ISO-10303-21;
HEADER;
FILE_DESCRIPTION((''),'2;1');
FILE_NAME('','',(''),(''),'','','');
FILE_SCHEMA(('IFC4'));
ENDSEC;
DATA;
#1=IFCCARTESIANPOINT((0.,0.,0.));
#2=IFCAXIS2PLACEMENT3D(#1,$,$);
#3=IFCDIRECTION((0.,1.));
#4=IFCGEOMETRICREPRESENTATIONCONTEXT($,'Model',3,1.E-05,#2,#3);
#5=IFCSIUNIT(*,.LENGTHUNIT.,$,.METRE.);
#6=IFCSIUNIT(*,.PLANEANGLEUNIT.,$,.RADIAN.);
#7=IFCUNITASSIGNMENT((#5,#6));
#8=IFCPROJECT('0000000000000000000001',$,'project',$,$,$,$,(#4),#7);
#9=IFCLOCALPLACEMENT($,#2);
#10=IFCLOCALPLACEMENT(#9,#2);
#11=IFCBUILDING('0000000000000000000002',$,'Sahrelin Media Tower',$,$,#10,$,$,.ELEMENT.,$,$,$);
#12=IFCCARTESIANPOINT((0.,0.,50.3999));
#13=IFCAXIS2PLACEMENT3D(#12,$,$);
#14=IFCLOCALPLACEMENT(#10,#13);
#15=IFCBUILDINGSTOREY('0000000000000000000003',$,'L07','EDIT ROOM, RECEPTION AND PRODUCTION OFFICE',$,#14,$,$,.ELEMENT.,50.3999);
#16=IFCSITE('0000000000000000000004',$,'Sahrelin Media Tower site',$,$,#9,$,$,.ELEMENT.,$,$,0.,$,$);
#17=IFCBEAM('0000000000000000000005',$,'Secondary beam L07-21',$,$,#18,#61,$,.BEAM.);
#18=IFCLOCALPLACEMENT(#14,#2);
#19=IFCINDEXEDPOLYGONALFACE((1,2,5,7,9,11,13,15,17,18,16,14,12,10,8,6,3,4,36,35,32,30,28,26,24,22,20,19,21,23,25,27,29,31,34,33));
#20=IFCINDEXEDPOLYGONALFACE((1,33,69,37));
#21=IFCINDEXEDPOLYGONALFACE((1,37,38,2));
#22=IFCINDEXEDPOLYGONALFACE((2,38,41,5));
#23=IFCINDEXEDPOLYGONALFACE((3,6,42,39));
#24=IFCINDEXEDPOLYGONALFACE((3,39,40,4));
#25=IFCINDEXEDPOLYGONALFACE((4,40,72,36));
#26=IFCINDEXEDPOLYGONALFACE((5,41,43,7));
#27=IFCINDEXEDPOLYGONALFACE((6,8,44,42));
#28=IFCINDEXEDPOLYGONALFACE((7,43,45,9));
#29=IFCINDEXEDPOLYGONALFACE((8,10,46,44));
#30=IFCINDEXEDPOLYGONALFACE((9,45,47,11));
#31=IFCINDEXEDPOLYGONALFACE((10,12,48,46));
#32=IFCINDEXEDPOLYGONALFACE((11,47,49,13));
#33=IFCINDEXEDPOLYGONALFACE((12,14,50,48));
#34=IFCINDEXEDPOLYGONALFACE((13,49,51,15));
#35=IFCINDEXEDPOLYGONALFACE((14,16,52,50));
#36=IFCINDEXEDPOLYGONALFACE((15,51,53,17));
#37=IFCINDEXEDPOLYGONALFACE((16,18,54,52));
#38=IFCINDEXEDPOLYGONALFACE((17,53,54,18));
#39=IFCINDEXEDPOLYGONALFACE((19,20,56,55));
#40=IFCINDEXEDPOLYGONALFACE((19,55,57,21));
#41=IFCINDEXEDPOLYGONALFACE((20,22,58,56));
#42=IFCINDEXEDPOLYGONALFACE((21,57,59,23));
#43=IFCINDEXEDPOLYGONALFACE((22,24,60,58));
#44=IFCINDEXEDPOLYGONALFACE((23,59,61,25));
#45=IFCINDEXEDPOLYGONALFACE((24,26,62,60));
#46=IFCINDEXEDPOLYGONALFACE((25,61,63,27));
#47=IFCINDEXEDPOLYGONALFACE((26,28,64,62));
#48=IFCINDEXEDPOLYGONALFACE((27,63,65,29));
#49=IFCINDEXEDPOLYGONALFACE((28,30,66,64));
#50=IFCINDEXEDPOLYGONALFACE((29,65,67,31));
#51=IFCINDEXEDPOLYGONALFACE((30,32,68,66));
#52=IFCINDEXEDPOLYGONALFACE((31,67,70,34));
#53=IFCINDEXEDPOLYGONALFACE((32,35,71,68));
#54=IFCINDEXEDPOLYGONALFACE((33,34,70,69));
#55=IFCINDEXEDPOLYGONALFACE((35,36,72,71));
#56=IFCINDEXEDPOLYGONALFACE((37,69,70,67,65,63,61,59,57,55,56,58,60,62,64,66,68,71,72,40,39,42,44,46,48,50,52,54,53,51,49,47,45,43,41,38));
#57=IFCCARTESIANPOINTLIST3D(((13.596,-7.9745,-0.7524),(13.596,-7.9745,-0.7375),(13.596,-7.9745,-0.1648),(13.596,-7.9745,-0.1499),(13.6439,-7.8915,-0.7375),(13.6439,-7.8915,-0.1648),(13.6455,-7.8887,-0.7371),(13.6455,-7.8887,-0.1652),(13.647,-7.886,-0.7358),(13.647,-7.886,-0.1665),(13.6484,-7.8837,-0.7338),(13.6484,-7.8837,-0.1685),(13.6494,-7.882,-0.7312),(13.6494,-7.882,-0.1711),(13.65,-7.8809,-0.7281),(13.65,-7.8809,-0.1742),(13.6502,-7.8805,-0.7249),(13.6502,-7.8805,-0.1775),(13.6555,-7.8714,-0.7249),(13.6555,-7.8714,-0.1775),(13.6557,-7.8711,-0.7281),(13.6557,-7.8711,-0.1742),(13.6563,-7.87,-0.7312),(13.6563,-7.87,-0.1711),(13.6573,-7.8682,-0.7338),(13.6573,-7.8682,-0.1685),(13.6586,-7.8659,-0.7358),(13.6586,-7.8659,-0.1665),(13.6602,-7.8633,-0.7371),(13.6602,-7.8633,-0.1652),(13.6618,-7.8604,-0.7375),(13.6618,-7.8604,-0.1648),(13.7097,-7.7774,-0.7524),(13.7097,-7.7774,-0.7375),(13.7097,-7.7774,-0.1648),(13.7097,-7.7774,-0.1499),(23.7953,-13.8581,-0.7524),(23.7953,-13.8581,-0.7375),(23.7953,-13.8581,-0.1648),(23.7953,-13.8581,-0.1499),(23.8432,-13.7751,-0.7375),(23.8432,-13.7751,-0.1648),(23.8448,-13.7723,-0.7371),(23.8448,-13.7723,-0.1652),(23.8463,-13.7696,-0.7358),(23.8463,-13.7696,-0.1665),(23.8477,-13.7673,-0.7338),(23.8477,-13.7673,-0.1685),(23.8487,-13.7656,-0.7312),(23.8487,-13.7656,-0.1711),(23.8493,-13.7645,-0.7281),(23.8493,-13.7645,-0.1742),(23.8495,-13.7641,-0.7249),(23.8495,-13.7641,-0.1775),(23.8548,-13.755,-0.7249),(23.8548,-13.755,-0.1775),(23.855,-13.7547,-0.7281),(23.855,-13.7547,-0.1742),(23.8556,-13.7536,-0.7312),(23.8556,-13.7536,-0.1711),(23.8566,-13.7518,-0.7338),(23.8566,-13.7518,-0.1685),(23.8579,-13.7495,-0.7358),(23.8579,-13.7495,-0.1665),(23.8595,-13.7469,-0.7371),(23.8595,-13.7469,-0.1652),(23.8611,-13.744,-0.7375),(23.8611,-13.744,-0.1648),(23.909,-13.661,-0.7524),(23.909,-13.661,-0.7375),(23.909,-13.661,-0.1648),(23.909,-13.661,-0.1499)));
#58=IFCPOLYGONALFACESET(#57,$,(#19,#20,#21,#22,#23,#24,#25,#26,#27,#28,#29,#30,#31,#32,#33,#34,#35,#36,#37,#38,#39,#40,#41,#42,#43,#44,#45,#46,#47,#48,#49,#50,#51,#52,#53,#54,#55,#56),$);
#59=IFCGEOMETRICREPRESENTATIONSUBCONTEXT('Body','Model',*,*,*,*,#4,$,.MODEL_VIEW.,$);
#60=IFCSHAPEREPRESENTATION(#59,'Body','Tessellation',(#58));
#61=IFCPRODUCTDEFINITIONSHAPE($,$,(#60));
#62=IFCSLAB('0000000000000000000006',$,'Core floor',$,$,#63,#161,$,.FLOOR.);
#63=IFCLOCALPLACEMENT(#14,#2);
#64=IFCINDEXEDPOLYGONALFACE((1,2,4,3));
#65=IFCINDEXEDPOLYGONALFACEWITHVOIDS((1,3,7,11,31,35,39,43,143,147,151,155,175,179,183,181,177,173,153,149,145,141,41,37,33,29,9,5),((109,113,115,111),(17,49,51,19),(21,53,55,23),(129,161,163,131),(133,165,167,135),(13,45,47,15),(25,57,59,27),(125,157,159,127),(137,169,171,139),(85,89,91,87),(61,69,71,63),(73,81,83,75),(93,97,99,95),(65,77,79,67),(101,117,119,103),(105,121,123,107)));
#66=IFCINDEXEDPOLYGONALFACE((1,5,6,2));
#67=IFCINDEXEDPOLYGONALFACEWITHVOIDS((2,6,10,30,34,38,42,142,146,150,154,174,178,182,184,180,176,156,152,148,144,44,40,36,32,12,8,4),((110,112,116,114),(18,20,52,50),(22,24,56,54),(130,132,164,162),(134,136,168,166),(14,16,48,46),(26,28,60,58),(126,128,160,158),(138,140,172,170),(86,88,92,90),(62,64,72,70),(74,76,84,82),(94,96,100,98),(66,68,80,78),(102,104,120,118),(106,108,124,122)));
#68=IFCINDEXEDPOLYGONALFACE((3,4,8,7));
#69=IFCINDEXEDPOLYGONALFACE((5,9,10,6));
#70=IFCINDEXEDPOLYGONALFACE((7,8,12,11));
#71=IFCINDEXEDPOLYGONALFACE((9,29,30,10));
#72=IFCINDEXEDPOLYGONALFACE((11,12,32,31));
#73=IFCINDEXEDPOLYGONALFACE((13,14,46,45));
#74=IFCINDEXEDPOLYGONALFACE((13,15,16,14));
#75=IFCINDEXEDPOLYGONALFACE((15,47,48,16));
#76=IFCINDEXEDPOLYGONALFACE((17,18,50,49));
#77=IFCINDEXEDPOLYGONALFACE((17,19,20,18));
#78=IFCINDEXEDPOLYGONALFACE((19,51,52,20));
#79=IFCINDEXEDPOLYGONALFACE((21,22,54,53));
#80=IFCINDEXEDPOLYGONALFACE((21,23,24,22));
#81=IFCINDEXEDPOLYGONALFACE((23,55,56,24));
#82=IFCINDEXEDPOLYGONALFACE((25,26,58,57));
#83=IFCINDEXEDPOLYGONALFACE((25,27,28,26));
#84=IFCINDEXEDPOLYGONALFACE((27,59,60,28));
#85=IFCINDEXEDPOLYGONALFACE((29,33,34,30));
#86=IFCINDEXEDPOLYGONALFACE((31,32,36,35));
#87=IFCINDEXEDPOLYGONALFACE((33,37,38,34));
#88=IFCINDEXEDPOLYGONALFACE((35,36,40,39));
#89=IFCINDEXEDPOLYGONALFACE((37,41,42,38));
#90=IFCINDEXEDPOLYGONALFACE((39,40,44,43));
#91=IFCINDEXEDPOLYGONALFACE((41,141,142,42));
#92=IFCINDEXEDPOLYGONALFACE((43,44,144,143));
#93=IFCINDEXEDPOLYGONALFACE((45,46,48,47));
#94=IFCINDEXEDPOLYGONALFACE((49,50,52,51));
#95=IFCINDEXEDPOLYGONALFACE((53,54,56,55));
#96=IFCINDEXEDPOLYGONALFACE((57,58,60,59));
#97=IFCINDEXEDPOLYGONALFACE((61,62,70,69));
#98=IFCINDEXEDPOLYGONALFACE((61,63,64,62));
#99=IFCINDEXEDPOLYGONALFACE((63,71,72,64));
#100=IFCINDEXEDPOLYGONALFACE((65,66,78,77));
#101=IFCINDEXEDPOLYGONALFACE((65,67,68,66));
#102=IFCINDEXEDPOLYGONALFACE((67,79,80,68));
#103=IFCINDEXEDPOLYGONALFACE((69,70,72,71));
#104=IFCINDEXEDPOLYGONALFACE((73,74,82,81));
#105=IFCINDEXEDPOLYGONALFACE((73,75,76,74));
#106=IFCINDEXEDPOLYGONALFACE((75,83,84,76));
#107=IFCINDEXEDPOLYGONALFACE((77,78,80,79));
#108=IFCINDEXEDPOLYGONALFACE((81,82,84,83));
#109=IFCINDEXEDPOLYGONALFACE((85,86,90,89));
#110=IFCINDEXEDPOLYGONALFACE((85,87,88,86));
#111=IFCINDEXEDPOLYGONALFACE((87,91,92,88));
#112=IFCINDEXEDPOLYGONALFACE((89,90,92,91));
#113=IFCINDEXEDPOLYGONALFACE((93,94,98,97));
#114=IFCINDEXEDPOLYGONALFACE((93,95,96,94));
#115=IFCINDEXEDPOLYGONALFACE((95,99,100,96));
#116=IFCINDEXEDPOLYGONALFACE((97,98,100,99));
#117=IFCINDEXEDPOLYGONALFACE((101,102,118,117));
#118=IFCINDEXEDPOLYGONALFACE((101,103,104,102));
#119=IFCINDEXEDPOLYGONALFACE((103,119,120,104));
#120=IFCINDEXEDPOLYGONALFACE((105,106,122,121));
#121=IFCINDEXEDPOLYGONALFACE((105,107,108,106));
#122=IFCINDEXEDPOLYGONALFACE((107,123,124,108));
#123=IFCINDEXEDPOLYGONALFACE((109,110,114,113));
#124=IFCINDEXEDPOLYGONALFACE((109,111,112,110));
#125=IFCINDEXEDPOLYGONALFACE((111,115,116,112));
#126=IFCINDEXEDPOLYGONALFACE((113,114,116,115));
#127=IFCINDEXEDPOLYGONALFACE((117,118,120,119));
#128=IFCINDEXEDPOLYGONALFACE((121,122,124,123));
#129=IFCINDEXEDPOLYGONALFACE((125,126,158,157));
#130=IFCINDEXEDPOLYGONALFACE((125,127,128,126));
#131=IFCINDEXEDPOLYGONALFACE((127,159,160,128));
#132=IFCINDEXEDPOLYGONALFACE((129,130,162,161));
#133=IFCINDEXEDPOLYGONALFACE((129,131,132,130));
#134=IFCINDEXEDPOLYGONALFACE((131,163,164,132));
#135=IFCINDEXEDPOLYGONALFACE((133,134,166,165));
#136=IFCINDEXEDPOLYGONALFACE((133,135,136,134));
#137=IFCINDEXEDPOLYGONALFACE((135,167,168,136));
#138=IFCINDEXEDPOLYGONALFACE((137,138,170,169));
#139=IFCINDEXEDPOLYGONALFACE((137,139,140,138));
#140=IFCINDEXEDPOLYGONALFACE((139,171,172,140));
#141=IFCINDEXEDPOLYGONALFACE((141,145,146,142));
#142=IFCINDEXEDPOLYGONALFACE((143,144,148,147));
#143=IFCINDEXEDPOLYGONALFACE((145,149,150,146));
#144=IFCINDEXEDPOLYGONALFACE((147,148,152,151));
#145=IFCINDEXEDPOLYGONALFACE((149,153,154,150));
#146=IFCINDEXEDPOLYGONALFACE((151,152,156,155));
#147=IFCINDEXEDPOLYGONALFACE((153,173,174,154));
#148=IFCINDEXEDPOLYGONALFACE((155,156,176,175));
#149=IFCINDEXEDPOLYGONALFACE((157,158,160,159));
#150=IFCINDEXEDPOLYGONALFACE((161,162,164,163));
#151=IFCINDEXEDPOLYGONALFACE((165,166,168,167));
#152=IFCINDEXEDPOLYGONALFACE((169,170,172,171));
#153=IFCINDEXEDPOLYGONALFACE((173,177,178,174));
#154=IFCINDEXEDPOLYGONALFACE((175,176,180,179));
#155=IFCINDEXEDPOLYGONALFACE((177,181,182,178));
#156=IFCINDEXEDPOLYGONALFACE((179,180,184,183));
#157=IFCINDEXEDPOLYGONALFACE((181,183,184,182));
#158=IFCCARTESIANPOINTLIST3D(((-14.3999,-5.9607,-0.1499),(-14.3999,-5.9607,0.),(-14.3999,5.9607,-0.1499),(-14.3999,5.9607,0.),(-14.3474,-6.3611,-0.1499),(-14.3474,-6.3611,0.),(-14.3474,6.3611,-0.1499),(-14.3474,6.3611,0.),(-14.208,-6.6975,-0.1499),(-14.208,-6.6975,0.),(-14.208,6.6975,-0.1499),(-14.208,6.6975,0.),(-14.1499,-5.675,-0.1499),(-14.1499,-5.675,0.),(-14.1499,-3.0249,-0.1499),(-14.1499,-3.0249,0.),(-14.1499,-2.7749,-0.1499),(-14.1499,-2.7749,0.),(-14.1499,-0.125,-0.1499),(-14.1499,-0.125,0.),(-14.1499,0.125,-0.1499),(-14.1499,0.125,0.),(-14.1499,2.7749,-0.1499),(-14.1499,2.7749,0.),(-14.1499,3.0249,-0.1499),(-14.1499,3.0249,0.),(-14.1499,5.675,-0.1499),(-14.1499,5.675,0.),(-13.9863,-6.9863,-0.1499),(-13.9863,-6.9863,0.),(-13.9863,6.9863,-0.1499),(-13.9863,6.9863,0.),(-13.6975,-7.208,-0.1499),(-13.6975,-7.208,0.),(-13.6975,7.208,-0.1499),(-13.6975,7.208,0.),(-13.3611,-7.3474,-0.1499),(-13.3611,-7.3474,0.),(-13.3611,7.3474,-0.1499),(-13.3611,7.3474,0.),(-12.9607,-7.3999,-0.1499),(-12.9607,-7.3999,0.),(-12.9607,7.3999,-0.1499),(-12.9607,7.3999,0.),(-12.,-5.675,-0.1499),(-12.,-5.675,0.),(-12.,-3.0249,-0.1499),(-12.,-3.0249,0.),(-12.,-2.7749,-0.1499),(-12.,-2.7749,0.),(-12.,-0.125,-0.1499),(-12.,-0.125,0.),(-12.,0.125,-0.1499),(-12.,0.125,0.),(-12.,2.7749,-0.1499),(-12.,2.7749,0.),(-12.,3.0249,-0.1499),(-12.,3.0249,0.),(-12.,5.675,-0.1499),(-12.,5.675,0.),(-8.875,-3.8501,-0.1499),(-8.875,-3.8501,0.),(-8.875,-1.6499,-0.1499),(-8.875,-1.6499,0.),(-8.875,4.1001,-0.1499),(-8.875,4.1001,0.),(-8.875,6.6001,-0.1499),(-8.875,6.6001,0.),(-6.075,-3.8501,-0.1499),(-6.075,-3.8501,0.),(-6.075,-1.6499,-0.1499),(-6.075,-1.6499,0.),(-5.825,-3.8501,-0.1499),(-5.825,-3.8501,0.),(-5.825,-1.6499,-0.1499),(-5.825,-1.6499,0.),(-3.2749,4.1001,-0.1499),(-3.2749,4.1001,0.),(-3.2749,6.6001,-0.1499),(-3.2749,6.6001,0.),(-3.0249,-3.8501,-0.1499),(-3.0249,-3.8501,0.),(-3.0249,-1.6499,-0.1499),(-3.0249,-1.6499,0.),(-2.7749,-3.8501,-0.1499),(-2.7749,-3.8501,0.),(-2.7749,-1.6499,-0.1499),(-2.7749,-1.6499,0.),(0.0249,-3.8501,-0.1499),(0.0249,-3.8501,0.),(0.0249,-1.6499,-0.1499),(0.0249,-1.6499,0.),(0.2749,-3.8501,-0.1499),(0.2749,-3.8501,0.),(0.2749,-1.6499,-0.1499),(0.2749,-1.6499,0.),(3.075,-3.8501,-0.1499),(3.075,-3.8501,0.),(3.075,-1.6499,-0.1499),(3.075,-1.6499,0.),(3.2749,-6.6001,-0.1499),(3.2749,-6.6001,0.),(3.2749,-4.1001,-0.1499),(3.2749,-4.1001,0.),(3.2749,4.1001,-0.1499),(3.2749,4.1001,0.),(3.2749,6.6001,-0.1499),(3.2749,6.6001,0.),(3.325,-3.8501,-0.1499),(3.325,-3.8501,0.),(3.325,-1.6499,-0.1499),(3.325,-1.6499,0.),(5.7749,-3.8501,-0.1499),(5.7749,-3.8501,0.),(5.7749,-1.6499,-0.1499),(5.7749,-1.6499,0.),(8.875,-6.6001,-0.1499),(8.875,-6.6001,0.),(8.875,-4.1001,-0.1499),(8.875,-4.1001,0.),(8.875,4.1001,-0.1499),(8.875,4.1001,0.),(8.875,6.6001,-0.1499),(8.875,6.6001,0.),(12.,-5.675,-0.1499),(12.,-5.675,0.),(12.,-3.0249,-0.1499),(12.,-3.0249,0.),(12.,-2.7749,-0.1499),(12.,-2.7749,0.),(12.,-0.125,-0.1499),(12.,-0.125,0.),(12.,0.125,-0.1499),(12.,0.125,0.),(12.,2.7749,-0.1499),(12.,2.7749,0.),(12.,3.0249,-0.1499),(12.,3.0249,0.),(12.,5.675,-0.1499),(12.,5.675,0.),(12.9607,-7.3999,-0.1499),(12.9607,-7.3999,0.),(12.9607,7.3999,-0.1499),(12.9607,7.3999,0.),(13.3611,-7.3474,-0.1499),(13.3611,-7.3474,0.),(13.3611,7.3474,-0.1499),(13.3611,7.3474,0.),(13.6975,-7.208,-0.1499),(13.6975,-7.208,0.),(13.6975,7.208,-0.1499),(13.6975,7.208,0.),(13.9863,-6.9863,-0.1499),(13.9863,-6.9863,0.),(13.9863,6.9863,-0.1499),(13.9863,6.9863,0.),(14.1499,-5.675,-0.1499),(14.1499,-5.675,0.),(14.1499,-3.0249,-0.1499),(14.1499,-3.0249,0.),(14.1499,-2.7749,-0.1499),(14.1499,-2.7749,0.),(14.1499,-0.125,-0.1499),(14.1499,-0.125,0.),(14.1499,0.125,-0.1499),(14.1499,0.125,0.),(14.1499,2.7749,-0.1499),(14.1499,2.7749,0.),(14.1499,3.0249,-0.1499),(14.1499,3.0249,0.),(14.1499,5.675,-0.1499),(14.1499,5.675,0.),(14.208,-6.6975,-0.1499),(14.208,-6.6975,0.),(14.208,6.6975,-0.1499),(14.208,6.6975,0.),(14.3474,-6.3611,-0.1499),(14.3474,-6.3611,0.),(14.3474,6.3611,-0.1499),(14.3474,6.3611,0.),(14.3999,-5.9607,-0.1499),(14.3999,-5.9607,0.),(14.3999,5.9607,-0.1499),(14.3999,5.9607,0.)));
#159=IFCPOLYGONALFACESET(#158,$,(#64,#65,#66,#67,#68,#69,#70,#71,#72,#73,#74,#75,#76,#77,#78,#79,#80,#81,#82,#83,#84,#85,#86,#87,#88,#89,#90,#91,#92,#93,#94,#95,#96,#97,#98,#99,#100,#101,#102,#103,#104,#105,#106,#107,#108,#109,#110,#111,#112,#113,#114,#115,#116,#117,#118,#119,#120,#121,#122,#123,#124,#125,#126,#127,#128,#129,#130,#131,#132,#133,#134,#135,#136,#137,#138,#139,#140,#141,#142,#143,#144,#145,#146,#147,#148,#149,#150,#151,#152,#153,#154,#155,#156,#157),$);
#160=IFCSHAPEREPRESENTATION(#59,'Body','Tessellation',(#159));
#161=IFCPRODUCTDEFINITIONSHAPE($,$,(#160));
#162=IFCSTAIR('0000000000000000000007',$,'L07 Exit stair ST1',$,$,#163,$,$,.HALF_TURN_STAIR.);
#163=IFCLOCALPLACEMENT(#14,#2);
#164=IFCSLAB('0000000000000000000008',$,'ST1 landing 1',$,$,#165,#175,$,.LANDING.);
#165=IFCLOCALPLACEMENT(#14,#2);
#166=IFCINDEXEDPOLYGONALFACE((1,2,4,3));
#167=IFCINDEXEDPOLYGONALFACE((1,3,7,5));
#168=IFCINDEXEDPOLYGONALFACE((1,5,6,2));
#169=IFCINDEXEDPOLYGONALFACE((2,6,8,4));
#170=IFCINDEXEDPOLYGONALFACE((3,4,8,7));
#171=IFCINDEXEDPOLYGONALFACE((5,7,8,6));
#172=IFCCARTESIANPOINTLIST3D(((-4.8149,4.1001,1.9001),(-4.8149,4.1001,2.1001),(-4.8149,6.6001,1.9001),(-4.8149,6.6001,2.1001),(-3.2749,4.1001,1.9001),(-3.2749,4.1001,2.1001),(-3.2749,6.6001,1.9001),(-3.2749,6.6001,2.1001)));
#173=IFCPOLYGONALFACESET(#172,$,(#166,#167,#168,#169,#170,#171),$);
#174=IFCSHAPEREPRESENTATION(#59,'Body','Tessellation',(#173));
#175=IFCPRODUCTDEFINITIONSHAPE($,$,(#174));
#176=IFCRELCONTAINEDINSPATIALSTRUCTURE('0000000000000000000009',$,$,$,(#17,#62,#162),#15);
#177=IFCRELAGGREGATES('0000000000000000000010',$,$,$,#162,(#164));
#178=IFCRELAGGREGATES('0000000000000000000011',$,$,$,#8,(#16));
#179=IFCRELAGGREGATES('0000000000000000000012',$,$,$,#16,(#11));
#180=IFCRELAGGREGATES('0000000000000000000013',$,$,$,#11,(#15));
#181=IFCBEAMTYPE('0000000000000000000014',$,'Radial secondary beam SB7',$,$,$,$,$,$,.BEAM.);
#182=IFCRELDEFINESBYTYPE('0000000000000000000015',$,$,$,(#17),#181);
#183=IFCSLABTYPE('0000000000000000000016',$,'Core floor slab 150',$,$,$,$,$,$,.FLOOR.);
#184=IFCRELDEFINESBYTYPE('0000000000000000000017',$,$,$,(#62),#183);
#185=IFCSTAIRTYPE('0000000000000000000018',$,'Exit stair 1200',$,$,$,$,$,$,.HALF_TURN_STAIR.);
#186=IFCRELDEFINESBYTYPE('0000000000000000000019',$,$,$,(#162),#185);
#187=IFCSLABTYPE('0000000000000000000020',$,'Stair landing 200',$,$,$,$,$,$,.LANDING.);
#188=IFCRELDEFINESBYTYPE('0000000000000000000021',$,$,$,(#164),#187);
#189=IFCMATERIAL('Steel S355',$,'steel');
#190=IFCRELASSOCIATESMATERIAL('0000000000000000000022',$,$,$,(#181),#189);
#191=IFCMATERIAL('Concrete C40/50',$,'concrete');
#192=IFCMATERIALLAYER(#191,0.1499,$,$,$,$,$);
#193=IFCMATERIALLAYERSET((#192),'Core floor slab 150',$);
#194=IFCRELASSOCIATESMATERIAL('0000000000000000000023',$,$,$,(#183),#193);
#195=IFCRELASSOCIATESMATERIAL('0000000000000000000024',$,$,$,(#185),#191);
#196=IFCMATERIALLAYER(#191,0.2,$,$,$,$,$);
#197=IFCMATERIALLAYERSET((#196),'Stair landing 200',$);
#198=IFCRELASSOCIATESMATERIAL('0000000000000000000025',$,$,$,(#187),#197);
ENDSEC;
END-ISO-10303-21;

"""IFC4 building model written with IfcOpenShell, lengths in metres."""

from ifc_helpers import new_model, si_unit, direction, frame, origin, origin_2d, place, context, subcontext, project, spatial, polyline, i_section, outline, extrude, material, layer, layer_set, material_profile, profile_set, type_object, element, aggregate, save


model = new_model("IFC4")

# Units and contexts
model_context = context("Model", 3, precision=1e-05, world=origin(), true_north=direction((0.0, 1.0)))
body_context = subcontext(model_context, "Body", "Model", "MODEL_VIEW")
ifc_project = project(units=[si_unit("LENGTHUNIT", "METRE"), si_unit("PLANEANGLEUNIT", "RADIAN")], contexts=[model_context])

# Site, building, storey
site_placement = place(None, origin())
site = spatial("IfcSite", under=ifc_project, at=site_placement, Name="Sahrelin Media Tower site", CompositionType="ELEMENT", RefElevation=0.0)
building_placement = place(site_placement, origin())
building = spatial("IfcBuilding", under=site, at=building_placement, Name="Sahrelin Media Tower", CompositionType="ELEMENT")
storey_placement = place(building_placement, frame((0.0, 0.0, 50.3999)))
storey = spatial("IfcBuildingStorey", under=building, at=storey_placement, Name="L07", Description="EDIT ROOM, RECEPTION AND PRODUCTION OFFICE", CompositionType="ELEMENT", Elevation=50.3999)

# Beam
ifc_material_1 = material(Name="Steel S355", Category="steel")
ifc_material_profile = material_profile(ifc_material_1, i_section(OverallWidth=0.2275, OverallDepth=0.6025, WebThickness=0.0105, FlangeThickness=0.0149, FilletRadius=0.0127, at=origin_2d()), Name="UB 610x229x101")
ifc_profile_set = profile_set([ifc_material_profile], Name="Steel S355")
beam_type = type_object("IfcBeamType", Name="Radial secondary beam SB7", PredefinedType="BEAM", material=ifc_profile_set)
beam_placement = place(storey_placement, frame((13.6528, -7.876, -0.4512), z_axis=(0.866208, -0.499683, 0.0), x_axis=(0.499683, 0.866208, 0.0)))
element("IfcBeam", 1, at=beam_placement, inside=storey, type_object=beam_type, Name="Secondary beam L07-21", PredefinedType="BEAM", context=body_context, shape_type="SweptSolid", body=[
    extrude(i_section(OverallWidth=0.2275, OverallDepth=0.6025, WebThickness=0.0105, FlangeThickness=0.0149, FilletRadius=0.0127, at=origin_2d()), origin(), (0.0, 0.0, 1.0), 11.7747),
])

# Slab
ifc_material_2 = material(Name="Concrete C40/50", Category="concrete")
ifc_layer_1 = layer(ifc_material_2, 0.1499)
ifc_layer_set_1 = layer_set([ifc_layer_1], Name="Core floor slab 150")
slab_type_1 = type_object("IfcSlabType", Name="Core floor slab 150", PredefinedType="FLOOR", material=ifc_layer_set_1)
slab_1_placement = place(storey_placement, frame((0.0, 0.0, -0.1499)))
element("IfcSlab", 2, at=slab_1_placement, inside=storey, type_object=slab_type_1, Name="Core floor", PredefinedType="FLOOR", context=body_context, shape_type="SweptSolid", body=[
    extrude(outline(polyline([(-14.3474, 6.3611), (-14.3999, 5.9607), (-14.3999, -5.9607), (-14.3474, -6.3611), (-14.208, -6.6975), (-13.9863, -6.9863), (-13.6975, -7.208), (-13.3611, -7.3474), (-12.9607, -7.3999), (12.9607, -7.3999), (13.3611, -7.3474), (13.6975, -7.208), (13.9863, -6.9863), (14.208, -6.6975), (14.3474, -6.3611), (14.3999, -5.9607), (14.3999, 5.9607), (14.3474, 6.3611), (14.208, 6.6975), (13.9863, 6.9863), (13.6975, 7.208), (13.3611, 7.3474), (12.9607, 7.3999), (-12.9607, 7.3999), (-13.3611, 7.3474), (-13.6975, 7.208), (-13.9863, 6.9863), (-14.208, 6.6975), (-14.3474, 6.3611)]), holes=[polyline([(-12.0, 3.0249), (-12.0, 5.675), (-14.1499, 5.675), (-14.1499, 3.0249), (-12.0, 3.0249)]), polyline([(-14.1499, 0.125), (-12.0, 0.125), (-12.0, 2.7749), (-14.1499, 2.7749), (-14.1499, 0.125)]), polyline([(-14.1499, -0.125), (-14.1499, -2.7749), (-12.0, -2.7749), (-12.0, -0.125), (-14.1499, -0.125)]), polyline([(-12.0, -3.0249), (-14.1499, -3.0249), (-14.1499, -5.675), (-12.0, -5.675), (-12.0, -3.0249)]), polyline([(14.1499, 3.0249), (14.1499, 5.675), (12.0, 5.675), (12.0, 3.0249), (14.1499, 3.0249)]), polyline([(12.0, 0.125), (14.1499, 0.125), (14.1499, 2.7749), (12.0, 2.7749), (12.0, 0.125)]), polyline([(12.0, -0.125), (12.0, -2.7749), (14.1499, -2.7749), (14.1499, -0.125), (12.0, -0.125)]), polyline([(14.1499, -3.0249), (12.0, -3.0249), (12.0, -5.675), (14.1499, -5.675), (14.1499, -3.0249)]), polyline([(-6.075, -3.8501), (-6.075, -1.6499), (-8.875, -1.6499), (-8.875, -3.8501), (-6.075, -3.8501)]), polyline([(-5.825, -3.8501), (-3.0249, -3.8501), (-3.0249, -1.6499), (-5.825, -1.6499), (-5.825, -3.8501)]), polyline([(-2.7749, -1.6499), (-2.7749, -3.8501), (0.0249, -3.8501), (0.0249, -1.6499), (-2.7749, -1.6499)]), polyline([(3.075, -1.6499), (0.2749, -1.6499), (0.2749, -3.8501), (3.075, -3.8501), (3.075, -1.6499)]), polyline([(5.7749, -3.8501), (5.7749, -1.6499), (3.325, -1.6499), (3.325, -3.8501), (5.7749, -3.8501)]), polyline([(-8.875, 6.6001), (-8.875, 4.1001), (-3.2749, 4.1001), (-3.2749, 6.6001), (-8.875, 6.6001)]), polyline([(3.2749, 4.1001), (8.875, 4.1001), (8.875, 6.6001), (3.2749, 6.6001), (3.2749, 4.1001)]), polyline([(3.2749, -4.1001), (3.2749, -6.6001), (8.875, -6.6001), (8.875, -4.1001), (3.2749, -4.1001)])]), origin(), (0.0, 0.0, 1.0), 0.1499),
])

# Stair, slab
stair_type = type_object("IfcStairType", Name="Exit stair 1200", PredefinedType="HALF_TURN_STAIR", material=ifc_material_2)
placement_1 = place(storey_placement, origin())
stair_1 = element("IfcStair", 3, at=placement_1, inside=storey, type_object=stair_type, Name="L07 Exit stair ST1", PredefinedType="HALF_TURN_STAIR")
ifc_layer_2 = layer(ifc_material_2, 0.2)
ifc_layer_set_2 = layer_set([ifc_layer_2], Name="Stair landing 200")
slab_type_2 = type_object("IfcSlabType", Name="Stair landing 200", PredefinedType="LANDING", material=ifc_layer_set_2)
placement_2 = place(storey_placement, frame((0.0, 0.0, 1.9001)))
slab_2 = element("IfcSlab", 4, at=placement_2, type_object=slab_type_2, Name="ST1 landing 1", PredefinedType="LANDING", context=body_context, shape_type="SweptSolid", body=[
    extrude(outline(polyline([(-4.8149, 4.1001), (-3.2749, 4.1001), (-3.2749, 6.6001), (-4.8149, 6.6001), (-4.8149, 4.1001)])), origin(), (0.0, 0.0, 1.0), 0.2),
])
aggregate(stair_1, [slab_2])

save(model, "model.ifc")
